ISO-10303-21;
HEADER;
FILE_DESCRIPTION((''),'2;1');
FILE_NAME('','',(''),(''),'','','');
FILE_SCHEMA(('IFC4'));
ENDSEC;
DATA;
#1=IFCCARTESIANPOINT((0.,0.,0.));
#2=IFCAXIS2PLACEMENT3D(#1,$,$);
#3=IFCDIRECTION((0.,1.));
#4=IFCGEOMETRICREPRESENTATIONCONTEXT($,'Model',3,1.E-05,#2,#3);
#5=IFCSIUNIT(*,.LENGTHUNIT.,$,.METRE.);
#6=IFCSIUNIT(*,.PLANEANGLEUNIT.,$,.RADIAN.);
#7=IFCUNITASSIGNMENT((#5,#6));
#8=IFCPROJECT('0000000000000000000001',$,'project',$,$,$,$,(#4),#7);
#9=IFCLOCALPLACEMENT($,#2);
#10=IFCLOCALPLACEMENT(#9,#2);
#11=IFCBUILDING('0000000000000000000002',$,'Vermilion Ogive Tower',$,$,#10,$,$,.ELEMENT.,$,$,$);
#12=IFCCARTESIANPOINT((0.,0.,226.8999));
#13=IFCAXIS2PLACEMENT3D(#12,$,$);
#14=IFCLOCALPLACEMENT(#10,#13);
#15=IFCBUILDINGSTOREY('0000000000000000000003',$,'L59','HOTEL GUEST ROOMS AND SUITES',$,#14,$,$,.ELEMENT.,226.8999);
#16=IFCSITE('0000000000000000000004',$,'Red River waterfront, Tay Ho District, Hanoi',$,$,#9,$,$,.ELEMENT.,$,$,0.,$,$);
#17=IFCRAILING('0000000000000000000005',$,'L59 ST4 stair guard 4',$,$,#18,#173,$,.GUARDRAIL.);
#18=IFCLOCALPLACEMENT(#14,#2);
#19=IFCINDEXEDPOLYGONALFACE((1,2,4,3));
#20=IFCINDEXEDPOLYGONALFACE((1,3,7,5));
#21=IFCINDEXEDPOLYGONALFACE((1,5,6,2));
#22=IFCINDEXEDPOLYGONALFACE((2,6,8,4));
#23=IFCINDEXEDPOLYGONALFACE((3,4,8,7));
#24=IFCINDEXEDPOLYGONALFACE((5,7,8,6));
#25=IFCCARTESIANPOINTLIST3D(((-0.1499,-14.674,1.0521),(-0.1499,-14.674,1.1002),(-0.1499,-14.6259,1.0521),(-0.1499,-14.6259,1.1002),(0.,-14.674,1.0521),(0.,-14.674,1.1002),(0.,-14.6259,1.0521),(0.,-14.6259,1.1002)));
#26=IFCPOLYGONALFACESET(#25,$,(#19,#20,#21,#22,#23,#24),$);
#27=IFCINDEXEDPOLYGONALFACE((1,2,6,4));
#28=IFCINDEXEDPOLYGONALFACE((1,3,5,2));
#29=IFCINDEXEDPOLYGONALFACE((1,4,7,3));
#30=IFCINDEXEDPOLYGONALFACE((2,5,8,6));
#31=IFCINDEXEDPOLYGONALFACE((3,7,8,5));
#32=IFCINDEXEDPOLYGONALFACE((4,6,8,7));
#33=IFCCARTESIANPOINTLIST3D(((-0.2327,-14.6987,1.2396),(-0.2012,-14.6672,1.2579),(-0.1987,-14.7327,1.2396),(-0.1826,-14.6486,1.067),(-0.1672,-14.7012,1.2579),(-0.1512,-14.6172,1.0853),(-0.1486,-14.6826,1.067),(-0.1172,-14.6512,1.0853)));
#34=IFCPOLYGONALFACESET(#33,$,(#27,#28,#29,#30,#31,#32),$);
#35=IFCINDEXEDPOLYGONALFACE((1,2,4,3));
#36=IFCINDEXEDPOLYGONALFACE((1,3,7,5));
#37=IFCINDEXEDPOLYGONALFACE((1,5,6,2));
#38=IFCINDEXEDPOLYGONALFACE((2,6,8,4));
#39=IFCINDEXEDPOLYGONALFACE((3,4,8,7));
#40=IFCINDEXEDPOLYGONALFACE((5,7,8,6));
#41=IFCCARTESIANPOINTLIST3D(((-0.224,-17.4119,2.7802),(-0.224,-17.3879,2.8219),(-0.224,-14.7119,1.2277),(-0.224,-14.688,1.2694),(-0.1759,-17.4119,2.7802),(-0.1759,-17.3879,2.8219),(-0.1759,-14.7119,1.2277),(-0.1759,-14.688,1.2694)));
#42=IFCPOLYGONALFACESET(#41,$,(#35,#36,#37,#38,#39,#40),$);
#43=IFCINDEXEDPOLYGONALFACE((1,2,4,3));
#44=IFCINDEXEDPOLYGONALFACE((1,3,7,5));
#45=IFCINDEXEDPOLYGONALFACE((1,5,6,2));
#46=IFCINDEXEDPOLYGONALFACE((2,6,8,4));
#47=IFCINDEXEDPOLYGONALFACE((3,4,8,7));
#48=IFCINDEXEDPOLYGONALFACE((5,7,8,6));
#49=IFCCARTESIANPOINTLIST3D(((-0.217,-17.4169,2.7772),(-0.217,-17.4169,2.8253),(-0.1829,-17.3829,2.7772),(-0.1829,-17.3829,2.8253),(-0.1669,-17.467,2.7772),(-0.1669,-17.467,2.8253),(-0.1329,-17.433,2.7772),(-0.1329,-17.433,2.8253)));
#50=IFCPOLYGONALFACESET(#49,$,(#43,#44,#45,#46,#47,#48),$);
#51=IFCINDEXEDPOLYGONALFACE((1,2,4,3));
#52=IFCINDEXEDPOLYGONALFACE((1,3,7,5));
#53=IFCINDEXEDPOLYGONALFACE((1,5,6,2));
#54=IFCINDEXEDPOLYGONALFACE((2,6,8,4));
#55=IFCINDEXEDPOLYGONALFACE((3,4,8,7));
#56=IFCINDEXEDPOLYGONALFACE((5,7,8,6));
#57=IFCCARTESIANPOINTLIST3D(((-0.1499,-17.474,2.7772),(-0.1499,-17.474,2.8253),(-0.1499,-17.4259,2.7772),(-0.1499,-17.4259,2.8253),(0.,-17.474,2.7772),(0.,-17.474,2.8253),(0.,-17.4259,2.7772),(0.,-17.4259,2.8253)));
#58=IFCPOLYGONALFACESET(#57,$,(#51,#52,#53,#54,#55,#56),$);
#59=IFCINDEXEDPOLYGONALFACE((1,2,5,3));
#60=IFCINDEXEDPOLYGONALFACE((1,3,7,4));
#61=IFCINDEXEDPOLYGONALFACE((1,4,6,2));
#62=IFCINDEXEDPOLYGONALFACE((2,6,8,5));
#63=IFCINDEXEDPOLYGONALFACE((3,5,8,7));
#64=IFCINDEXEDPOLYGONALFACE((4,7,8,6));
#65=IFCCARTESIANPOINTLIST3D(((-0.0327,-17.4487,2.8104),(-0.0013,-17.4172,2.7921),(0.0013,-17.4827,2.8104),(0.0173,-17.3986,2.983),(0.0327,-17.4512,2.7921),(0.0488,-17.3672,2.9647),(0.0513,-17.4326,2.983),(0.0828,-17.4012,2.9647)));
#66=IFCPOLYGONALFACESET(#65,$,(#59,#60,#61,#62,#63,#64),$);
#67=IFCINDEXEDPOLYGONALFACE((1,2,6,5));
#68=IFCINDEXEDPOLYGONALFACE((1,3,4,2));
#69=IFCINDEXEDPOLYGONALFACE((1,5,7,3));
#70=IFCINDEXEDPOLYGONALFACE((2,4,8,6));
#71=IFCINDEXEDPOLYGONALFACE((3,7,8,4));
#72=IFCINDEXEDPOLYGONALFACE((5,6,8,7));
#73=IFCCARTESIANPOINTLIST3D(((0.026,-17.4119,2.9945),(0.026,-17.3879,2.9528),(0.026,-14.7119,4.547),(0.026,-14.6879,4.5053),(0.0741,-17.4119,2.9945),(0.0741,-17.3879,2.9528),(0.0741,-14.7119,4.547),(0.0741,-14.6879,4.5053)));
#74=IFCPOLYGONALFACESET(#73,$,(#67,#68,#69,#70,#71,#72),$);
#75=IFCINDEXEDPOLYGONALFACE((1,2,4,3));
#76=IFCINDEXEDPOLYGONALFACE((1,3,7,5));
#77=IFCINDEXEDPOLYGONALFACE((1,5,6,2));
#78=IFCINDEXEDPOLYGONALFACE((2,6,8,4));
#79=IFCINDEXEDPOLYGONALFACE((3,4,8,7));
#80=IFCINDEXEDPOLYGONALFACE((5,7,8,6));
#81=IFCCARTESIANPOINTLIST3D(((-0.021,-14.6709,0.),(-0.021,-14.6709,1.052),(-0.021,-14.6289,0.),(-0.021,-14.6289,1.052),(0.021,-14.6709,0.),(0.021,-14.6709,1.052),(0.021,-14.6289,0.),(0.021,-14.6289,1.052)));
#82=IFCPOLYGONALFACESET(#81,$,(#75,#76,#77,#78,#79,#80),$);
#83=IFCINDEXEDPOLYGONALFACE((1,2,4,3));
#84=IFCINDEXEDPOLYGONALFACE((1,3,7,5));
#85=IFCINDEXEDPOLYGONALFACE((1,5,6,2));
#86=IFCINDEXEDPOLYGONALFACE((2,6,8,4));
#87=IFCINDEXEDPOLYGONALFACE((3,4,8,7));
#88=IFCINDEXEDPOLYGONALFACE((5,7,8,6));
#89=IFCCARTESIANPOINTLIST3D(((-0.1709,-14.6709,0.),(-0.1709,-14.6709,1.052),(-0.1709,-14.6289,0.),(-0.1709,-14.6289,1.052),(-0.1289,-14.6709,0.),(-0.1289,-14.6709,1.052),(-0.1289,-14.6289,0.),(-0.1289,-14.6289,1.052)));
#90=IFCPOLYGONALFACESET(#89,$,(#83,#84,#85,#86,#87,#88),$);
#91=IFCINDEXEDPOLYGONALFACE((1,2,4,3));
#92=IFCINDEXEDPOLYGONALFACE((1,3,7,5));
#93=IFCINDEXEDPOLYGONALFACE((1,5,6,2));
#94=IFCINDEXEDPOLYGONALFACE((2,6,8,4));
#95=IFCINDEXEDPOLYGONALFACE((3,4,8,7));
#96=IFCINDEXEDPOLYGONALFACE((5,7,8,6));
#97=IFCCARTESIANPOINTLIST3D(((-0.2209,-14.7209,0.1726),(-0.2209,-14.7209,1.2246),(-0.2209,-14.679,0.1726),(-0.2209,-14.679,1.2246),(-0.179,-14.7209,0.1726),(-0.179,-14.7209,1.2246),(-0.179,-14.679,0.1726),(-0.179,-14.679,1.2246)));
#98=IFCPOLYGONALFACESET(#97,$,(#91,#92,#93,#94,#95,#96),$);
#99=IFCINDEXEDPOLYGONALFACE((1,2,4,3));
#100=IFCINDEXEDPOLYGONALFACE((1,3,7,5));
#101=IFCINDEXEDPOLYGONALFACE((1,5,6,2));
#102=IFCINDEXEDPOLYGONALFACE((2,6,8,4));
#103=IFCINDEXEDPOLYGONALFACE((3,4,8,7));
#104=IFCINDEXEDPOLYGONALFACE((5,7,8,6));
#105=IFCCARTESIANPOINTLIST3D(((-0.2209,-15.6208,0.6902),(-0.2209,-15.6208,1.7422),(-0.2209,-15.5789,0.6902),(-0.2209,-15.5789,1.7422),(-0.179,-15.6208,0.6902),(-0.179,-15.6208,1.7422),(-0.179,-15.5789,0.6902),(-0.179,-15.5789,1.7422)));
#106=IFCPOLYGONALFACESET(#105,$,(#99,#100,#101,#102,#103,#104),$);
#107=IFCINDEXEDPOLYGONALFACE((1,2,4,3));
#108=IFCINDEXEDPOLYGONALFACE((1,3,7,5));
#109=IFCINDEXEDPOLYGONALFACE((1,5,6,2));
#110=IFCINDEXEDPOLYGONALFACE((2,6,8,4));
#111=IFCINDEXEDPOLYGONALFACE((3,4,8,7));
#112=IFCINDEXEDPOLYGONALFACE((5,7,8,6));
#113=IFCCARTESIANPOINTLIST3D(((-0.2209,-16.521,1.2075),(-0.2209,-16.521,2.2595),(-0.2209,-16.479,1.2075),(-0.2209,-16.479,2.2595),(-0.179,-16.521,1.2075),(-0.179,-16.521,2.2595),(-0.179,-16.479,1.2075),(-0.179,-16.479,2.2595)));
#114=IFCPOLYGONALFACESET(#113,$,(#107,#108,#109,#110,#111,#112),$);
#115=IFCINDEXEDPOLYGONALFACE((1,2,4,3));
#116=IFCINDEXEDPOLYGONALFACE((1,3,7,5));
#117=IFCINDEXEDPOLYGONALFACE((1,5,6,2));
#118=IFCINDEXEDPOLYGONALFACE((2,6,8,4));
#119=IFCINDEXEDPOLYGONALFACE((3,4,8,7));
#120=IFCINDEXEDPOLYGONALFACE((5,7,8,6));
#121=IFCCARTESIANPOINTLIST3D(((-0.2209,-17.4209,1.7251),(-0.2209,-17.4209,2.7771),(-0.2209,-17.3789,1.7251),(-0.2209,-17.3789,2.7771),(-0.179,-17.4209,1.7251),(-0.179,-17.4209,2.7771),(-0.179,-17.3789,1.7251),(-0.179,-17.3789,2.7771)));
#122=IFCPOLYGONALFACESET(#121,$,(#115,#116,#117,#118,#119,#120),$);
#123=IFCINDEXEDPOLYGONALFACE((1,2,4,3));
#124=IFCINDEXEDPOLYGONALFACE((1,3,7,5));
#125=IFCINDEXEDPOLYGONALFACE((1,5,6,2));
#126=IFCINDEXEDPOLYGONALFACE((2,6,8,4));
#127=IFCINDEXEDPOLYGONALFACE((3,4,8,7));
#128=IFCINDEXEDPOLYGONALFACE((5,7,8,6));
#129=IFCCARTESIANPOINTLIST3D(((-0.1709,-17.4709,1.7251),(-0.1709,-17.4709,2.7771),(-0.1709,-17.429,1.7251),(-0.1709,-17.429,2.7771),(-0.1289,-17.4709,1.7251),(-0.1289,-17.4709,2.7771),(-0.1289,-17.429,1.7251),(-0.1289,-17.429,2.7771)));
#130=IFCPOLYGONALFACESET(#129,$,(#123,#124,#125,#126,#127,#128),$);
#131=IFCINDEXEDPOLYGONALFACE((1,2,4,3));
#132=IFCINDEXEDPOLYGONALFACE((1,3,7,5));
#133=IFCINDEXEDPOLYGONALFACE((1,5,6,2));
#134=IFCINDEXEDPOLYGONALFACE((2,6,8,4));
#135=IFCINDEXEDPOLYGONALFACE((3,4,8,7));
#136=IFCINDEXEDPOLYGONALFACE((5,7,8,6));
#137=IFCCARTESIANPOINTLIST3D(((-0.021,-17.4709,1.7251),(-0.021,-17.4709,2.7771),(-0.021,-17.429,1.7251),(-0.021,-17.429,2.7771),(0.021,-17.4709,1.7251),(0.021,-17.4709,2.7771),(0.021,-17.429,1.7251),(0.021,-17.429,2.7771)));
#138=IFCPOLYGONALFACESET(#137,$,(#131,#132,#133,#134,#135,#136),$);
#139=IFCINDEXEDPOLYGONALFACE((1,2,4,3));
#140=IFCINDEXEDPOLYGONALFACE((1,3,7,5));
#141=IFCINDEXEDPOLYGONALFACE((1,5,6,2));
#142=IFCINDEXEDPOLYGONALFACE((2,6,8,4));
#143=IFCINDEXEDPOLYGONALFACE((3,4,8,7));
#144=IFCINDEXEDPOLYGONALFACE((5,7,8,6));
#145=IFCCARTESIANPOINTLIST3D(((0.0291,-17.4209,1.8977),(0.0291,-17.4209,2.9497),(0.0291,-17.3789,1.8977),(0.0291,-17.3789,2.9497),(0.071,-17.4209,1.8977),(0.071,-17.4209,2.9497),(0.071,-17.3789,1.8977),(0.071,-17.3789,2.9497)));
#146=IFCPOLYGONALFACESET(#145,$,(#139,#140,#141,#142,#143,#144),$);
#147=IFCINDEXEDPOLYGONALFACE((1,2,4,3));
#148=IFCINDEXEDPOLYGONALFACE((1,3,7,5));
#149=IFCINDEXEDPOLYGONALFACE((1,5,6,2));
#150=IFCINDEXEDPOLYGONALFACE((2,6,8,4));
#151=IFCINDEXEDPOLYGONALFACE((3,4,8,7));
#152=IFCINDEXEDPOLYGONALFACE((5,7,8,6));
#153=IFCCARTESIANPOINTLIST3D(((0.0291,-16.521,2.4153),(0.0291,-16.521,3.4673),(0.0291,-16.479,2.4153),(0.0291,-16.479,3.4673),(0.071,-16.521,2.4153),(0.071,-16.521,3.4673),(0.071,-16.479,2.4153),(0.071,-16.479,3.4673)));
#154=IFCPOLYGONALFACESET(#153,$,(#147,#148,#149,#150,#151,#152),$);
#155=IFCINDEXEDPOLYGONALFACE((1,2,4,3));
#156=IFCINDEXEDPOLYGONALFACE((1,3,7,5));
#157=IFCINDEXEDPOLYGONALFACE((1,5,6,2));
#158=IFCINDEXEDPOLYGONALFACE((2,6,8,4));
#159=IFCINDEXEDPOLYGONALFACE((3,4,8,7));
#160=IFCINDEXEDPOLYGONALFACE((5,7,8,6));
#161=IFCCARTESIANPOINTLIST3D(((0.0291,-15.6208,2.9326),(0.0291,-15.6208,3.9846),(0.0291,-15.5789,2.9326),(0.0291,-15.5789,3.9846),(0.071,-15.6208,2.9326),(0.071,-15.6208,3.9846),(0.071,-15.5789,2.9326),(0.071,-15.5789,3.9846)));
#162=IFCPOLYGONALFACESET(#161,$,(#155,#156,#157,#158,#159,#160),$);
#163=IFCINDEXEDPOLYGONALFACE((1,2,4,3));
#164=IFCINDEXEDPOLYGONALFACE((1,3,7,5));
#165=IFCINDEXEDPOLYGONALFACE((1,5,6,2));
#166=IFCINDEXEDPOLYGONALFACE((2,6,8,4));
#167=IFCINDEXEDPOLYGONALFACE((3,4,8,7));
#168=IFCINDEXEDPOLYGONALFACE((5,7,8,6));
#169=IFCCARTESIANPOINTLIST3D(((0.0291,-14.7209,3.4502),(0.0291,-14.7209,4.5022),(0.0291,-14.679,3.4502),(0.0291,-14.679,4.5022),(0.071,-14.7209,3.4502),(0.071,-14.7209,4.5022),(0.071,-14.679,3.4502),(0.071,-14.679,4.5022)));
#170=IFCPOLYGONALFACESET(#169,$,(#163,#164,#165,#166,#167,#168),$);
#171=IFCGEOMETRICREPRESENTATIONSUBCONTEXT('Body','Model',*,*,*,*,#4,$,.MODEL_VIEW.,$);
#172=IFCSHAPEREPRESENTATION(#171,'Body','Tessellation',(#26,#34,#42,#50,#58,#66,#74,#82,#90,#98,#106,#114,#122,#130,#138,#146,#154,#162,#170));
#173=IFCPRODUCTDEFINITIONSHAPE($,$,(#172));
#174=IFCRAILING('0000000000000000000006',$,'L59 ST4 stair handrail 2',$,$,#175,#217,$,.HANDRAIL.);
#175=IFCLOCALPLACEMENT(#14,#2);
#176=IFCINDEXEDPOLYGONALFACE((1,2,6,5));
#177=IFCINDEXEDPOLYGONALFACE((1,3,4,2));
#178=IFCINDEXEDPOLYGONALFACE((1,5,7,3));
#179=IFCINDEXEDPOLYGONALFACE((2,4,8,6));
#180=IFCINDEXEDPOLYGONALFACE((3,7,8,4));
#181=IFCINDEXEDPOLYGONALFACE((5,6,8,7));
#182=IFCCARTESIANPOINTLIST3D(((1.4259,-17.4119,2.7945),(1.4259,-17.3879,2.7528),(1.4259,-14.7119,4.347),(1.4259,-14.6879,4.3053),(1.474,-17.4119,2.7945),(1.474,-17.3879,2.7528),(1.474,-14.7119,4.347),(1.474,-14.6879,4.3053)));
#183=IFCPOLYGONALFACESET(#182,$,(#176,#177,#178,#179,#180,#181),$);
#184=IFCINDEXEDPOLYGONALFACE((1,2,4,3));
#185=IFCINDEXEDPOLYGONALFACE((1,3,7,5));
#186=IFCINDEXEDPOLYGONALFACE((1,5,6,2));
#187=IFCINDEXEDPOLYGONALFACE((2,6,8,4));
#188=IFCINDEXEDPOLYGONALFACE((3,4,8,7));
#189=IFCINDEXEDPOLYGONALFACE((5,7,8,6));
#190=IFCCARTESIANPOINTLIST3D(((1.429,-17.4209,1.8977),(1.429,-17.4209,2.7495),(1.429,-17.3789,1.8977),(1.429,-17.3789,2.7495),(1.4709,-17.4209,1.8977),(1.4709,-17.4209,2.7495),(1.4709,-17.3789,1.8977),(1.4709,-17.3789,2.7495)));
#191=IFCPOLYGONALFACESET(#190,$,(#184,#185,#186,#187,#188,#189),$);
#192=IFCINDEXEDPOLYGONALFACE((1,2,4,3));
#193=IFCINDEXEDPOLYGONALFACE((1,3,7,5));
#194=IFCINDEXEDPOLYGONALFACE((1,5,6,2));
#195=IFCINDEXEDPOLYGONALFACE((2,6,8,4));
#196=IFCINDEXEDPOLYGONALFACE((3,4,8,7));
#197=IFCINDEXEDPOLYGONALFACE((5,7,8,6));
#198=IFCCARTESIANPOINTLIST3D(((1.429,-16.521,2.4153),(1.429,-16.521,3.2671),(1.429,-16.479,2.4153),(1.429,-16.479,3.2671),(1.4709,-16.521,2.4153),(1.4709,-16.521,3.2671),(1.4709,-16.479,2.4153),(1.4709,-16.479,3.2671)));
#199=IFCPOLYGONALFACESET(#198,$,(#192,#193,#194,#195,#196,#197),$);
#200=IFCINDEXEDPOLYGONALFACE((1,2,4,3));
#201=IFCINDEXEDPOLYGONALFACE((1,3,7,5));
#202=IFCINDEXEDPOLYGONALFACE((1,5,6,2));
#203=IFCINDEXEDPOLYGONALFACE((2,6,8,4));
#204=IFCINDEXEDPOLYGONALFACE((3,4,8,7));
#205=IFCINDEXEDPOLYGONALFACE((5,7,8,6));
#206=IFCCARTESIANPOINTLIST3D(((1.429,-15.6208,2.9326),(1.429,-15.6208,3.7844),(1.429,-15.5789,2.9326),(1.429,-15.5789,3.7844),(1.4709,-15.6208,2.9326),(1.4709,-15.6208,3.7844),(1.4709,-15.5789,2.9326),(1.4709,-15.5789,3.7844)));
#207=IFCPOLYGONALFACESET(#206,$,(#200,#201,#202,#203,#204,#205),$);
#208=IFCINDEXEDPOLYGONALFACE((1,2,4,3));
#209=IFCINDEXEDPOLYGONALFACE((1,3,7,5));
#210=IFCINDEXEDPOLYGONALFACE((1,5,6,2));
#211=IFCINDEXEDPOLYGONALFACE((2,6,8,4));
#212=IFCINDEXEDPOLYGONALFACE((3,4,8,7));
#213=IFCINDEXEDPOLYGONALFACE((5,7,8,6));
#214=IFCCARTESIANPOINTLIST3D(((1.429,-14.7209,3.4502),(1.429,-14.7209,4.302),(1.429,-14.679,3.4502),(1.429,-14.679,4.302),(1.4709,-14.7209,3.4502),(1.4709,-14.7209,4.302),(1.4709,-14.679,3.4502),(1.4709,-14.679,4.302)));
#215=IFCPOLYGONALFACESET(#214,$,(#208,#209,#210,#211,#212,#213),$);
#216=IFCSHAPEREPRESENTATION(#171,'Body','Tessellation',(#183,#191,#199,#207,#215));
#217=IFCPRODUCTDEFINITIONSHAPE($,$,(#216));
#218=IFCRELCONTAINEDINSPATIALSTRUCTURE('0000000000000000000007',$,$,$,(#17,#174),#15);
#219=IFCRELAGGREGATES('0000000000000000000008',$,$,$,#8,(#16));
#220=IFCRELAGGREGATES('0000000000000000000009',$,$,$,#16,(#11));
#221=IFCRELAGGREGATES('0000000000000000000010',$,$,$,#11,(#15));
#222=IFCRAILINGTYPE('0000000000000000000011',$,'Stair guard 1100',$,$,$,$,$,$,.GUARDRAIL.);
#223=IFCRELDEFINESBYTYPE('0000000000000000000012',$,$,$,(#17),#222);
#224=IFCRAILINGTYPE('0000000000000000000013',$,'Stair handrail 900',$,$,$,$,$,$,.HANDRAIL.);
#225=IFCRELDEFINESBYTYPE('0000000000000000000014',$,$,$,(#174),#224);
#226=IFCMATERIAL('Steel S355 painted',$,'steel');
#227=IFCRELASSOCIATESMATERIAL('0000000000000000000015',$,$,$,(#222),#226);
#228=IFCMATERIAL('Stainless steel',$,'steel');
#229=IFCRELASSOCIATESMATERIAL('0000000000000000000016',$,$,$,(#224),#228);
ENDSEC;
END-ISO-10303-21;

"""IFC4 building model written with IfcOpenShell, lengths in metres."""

from ifc_helpers import new_model, si_unit, direction, frame, origin, origin_2d, place, context, subcontext, project, spatial, rectangle, extrude, material, type_object, element, save


model = new_model("IFC4")

# Units and contexts
model_context = context("Model", 3, precision=1e-05, world=origin(), true_north=direction((0.0, 1.0)))
body_context = subcontext(model_context, "Body", "Model", "MODEL_VIEW")
ifc_project = project(units=[si_unit("LENGTHUNIT", "METRE"), si_unit("PLANEANGLEUNIT", "RADIAN")], contexts=[model_context])

# Site, building, storey
site_placement = place(None, origin())
site = spatial("IfcSite", under=ifc_project, at=site_placement, Name="Red River waterfront, Tay Ho District, Hanoi", CompositionType="ELEMENT", RefElevation=0.0)
building_placement = place(site_placement, origin())
building = spatial("IfcBuilding", under=site, at=building_placement, Name="Vermilion Ogive Tower", CompositionType="ELEMENT")
storey_placement = place(building_placement, frame((0.0, 0.0, 226.8999)))
storey = spatial("IfcBuildingStorey", under=building, at=storey_placement, Name="L59", Description="HOTEL GUEST ROOMS AND SUITES", CompositionType="ELEMENT", Elevation=226.8999)

# Railings
ifc_material_1 = material(Name="Steel S355 painted", Category="steel")
railing_type_1 = type_object("IfcRailingType", Name="Stair guard 1100", PredefinedType="GUARDRAIL", material=ifc_material_1)
railing_1_placement = place(storey_placement, frame((0.0, -14.6499, 0.0)))
element("IfcRailing", 1, at=railing_1_placement, inside=storey, type_object=railing_type_1, Name="L59 ST4 stair guard 4", PredefinedType="GUARDRAIL", context=body_context, shape_type="SweptSolid", body=[
    extrude(rectangle(XDim=0.0481, YDim=0.0481, at=origin_2d()), frame((0.0, 0.0, 1.0762), z_axis=(-1.0, 0.0, 0.0), x_axis=(0.0, -1.0, 0.0)), (0.0, 0.0, 1.0), 0.1499),
    extrude(rectangle(XDim=0.0481, YDim=0.0481, at=origin_2d()), frame((-0.1499, 0.0, 1.0762), z_axis=(-0.268278, -0.268278, 0.925232), x_axis=(0.707107, -0.707107, 0.0)), (0.0, 0.0, 1.0), 0.1865),
    extrude(rectangle(XDim=0.0481, YDim=0.0481, at=origin_2d()), frame((-0.2, -0.05, 1.2485), z_axis=(0.0, -0.866904, 0.498476), x_axis=(1.0, 0.0, 0.0)), (0.0, 0.0, 1.0), 3.1145),
    extrude(rectangle(XDim=0.0481, YDim=0.0481, at=origin_2d()), frame((-0.2, -2.75, 2.8013), z_axis=(0.707107, -0.707107, 0.0), x_axis=(0.707107, 0.707107, 0.0)), (0.0, 0.0, 1.0), 0.0708),
    extrude(rectangle(XDim=0.0481, YDim=0.0481, at=origin_2d()), frame((-0.1499, -2.8, 2.8013), z_axis=(1.0, 0.0, 0.0), x_axis=(0.0, 1.0, 0.0)), (0.0, 0.0, 1.0), 0.1499),
    extrude(rectangle(XDim=0.0481, YDim=0.0481, at=origin_2d()), frame((0.0, -2.8, 2.8013), z_axis=(0.268278, 0.268278, 0.925232), x_axis=(-0.707107, 0.707107, 0.0)), (0.0, 0.0, 1.0), 0.1865),
    extrude(rectangle(XDim=0.0481, YDim=0.0481, at=origin_2d()), frame((0.05, -2.75, 2.9736), z_axis=(0.0, 0.866904, 0.498476), x_axis=(-1.0, 0.0, 0.0)), (0.0, 0.0, 1.0), 3.1145),
    extrude(rectangle(XDim=0.042, YDim=0.042, at=origin_2d()), origin(), (0.0, 0.0, 1.0), 1.052),
    extrude(rectangle(XDim=0.042, YDim=0.042, at=origin_2d()), frame((-0.1499, 0.0, 0.0)), (0.0, 0.0, 1.0), 1.052),
    extrude(rectangle(XDim=0.042, YDim=0.042, at=origin_2d()), frame((-0.2, -0.05, 0.1726)), (0.0, 0.0, 1.0), 1.052),
    extrude(rectangle(XDim=0.042, YDim=0.042, at=origin_2d()), frame((-0.2, -0.95, 0.6902)), (0.0, 0.0, 1.0), 1.052),
    extrude(rectangle(XDim=0.042, YDim=0.042, at=origin_2d()), frame((-0.2, -1.8501, 1.2075)), (0.0, 0.0, 1.0), 1.052),
    extrude(rectangle(XDim=0.042, YDim=0.042, at=origin_2d()), frame((-0.2, -2.75, 1.7251)), (0.0, 0.0, 1.0), 1.052),
    extrude(rectangle(XDim=0.042, YDim=0.042, at=origin_2d()), frame((-0.1499, -2.8, 1.7251)), (0.0, 0.0, 1.0), 1.052),
    extrude(rectangle(XDim=0.042, YDim=0.042, at=origin_2d()), frame((0.0, -2.8, 1.7251)), (0.0, 0.0, 1.0), 1.052),
    extrude(rectangle(XDim=0.042, YDim=0.042, at=origin_2d()), frame((0.05, -2.75, 1.8977)), (0.0, 0.0, 1.0), 1.052),
    extrude(rectangle(XDim=0.042, YDim=0.042, at=origin_2d()), frame((0.05, -1.8501, 2.4153)), (0.0, 0.0, 1.0), 1.052),
    extrude(rectangle(XDim=0.042, YDim=0.042, at=origin_2d()), frame((0.05, -0.95, 2.9326)), (0.0, 0.0, 1.0), 1.052),
    extrude(rectangle(XDim=0.042, YDim=0.042, at=origin_2d()), frame((0.05, -0.05, 3.4502)), (0.0, 0.0, 1.0), 1.052),
])
ifc_material_2 = material(Name="Stainless steel", Category="steel")
railing_type_2 = type_object("IfcRailingType", Name="Stair handrail 900", PredefinedType="HANDRAIL", material=ifc_material_2)
railing_2_placement = place(storey_placement, frame((1.45, -17.3999, 1.8977)))
element("IfcRailing", 2, at=railing_2_placement, inside=storey, type_object=railing_type_2, Name="L59 ST4 stair handrail 2", PredefinedType="HANDRAIL", context=body_context, shape_type="SweptSolid", body=[
    extrude(rectangle(XDim=0.0481, YDim=0.0481, at=origin_2d()), frame((0.0, 0.0, 0.876), z_axis=(0.0, 0.866904, 0.498476), x_axis=(-1.0, 0.0, 0.0)), (0.0, 0.0, 1.0), 3.1145),
    extrude(rectangle(XDim=0.042, YDim=0.042, at=origin_2d()), origin(), (0.0, 0.0, 1.0), 0.8518),
    extrude(rectangle(XDim=0.042, YDim=0.042, at=origin_2d()), frame((0.0, 0.8999, 0.5176)), (0.0, 0.0, 1.0), 0.8518),
    extrude(rectangle(XDim=0.042, YDim=0.042, at=origin_2d()), frame((0.0, 1.8, 1.0349)), (0.0, 0.0, 1.0), 0.8518),
    extrude(rectangle(XDim=0.042, YDim=0.042, at=origin_2d()), frame((0.0, 2.7, 1.5525)), (0.0, 0.0, 1.0), 0.8518),
])

save(model, "model.ifc")
